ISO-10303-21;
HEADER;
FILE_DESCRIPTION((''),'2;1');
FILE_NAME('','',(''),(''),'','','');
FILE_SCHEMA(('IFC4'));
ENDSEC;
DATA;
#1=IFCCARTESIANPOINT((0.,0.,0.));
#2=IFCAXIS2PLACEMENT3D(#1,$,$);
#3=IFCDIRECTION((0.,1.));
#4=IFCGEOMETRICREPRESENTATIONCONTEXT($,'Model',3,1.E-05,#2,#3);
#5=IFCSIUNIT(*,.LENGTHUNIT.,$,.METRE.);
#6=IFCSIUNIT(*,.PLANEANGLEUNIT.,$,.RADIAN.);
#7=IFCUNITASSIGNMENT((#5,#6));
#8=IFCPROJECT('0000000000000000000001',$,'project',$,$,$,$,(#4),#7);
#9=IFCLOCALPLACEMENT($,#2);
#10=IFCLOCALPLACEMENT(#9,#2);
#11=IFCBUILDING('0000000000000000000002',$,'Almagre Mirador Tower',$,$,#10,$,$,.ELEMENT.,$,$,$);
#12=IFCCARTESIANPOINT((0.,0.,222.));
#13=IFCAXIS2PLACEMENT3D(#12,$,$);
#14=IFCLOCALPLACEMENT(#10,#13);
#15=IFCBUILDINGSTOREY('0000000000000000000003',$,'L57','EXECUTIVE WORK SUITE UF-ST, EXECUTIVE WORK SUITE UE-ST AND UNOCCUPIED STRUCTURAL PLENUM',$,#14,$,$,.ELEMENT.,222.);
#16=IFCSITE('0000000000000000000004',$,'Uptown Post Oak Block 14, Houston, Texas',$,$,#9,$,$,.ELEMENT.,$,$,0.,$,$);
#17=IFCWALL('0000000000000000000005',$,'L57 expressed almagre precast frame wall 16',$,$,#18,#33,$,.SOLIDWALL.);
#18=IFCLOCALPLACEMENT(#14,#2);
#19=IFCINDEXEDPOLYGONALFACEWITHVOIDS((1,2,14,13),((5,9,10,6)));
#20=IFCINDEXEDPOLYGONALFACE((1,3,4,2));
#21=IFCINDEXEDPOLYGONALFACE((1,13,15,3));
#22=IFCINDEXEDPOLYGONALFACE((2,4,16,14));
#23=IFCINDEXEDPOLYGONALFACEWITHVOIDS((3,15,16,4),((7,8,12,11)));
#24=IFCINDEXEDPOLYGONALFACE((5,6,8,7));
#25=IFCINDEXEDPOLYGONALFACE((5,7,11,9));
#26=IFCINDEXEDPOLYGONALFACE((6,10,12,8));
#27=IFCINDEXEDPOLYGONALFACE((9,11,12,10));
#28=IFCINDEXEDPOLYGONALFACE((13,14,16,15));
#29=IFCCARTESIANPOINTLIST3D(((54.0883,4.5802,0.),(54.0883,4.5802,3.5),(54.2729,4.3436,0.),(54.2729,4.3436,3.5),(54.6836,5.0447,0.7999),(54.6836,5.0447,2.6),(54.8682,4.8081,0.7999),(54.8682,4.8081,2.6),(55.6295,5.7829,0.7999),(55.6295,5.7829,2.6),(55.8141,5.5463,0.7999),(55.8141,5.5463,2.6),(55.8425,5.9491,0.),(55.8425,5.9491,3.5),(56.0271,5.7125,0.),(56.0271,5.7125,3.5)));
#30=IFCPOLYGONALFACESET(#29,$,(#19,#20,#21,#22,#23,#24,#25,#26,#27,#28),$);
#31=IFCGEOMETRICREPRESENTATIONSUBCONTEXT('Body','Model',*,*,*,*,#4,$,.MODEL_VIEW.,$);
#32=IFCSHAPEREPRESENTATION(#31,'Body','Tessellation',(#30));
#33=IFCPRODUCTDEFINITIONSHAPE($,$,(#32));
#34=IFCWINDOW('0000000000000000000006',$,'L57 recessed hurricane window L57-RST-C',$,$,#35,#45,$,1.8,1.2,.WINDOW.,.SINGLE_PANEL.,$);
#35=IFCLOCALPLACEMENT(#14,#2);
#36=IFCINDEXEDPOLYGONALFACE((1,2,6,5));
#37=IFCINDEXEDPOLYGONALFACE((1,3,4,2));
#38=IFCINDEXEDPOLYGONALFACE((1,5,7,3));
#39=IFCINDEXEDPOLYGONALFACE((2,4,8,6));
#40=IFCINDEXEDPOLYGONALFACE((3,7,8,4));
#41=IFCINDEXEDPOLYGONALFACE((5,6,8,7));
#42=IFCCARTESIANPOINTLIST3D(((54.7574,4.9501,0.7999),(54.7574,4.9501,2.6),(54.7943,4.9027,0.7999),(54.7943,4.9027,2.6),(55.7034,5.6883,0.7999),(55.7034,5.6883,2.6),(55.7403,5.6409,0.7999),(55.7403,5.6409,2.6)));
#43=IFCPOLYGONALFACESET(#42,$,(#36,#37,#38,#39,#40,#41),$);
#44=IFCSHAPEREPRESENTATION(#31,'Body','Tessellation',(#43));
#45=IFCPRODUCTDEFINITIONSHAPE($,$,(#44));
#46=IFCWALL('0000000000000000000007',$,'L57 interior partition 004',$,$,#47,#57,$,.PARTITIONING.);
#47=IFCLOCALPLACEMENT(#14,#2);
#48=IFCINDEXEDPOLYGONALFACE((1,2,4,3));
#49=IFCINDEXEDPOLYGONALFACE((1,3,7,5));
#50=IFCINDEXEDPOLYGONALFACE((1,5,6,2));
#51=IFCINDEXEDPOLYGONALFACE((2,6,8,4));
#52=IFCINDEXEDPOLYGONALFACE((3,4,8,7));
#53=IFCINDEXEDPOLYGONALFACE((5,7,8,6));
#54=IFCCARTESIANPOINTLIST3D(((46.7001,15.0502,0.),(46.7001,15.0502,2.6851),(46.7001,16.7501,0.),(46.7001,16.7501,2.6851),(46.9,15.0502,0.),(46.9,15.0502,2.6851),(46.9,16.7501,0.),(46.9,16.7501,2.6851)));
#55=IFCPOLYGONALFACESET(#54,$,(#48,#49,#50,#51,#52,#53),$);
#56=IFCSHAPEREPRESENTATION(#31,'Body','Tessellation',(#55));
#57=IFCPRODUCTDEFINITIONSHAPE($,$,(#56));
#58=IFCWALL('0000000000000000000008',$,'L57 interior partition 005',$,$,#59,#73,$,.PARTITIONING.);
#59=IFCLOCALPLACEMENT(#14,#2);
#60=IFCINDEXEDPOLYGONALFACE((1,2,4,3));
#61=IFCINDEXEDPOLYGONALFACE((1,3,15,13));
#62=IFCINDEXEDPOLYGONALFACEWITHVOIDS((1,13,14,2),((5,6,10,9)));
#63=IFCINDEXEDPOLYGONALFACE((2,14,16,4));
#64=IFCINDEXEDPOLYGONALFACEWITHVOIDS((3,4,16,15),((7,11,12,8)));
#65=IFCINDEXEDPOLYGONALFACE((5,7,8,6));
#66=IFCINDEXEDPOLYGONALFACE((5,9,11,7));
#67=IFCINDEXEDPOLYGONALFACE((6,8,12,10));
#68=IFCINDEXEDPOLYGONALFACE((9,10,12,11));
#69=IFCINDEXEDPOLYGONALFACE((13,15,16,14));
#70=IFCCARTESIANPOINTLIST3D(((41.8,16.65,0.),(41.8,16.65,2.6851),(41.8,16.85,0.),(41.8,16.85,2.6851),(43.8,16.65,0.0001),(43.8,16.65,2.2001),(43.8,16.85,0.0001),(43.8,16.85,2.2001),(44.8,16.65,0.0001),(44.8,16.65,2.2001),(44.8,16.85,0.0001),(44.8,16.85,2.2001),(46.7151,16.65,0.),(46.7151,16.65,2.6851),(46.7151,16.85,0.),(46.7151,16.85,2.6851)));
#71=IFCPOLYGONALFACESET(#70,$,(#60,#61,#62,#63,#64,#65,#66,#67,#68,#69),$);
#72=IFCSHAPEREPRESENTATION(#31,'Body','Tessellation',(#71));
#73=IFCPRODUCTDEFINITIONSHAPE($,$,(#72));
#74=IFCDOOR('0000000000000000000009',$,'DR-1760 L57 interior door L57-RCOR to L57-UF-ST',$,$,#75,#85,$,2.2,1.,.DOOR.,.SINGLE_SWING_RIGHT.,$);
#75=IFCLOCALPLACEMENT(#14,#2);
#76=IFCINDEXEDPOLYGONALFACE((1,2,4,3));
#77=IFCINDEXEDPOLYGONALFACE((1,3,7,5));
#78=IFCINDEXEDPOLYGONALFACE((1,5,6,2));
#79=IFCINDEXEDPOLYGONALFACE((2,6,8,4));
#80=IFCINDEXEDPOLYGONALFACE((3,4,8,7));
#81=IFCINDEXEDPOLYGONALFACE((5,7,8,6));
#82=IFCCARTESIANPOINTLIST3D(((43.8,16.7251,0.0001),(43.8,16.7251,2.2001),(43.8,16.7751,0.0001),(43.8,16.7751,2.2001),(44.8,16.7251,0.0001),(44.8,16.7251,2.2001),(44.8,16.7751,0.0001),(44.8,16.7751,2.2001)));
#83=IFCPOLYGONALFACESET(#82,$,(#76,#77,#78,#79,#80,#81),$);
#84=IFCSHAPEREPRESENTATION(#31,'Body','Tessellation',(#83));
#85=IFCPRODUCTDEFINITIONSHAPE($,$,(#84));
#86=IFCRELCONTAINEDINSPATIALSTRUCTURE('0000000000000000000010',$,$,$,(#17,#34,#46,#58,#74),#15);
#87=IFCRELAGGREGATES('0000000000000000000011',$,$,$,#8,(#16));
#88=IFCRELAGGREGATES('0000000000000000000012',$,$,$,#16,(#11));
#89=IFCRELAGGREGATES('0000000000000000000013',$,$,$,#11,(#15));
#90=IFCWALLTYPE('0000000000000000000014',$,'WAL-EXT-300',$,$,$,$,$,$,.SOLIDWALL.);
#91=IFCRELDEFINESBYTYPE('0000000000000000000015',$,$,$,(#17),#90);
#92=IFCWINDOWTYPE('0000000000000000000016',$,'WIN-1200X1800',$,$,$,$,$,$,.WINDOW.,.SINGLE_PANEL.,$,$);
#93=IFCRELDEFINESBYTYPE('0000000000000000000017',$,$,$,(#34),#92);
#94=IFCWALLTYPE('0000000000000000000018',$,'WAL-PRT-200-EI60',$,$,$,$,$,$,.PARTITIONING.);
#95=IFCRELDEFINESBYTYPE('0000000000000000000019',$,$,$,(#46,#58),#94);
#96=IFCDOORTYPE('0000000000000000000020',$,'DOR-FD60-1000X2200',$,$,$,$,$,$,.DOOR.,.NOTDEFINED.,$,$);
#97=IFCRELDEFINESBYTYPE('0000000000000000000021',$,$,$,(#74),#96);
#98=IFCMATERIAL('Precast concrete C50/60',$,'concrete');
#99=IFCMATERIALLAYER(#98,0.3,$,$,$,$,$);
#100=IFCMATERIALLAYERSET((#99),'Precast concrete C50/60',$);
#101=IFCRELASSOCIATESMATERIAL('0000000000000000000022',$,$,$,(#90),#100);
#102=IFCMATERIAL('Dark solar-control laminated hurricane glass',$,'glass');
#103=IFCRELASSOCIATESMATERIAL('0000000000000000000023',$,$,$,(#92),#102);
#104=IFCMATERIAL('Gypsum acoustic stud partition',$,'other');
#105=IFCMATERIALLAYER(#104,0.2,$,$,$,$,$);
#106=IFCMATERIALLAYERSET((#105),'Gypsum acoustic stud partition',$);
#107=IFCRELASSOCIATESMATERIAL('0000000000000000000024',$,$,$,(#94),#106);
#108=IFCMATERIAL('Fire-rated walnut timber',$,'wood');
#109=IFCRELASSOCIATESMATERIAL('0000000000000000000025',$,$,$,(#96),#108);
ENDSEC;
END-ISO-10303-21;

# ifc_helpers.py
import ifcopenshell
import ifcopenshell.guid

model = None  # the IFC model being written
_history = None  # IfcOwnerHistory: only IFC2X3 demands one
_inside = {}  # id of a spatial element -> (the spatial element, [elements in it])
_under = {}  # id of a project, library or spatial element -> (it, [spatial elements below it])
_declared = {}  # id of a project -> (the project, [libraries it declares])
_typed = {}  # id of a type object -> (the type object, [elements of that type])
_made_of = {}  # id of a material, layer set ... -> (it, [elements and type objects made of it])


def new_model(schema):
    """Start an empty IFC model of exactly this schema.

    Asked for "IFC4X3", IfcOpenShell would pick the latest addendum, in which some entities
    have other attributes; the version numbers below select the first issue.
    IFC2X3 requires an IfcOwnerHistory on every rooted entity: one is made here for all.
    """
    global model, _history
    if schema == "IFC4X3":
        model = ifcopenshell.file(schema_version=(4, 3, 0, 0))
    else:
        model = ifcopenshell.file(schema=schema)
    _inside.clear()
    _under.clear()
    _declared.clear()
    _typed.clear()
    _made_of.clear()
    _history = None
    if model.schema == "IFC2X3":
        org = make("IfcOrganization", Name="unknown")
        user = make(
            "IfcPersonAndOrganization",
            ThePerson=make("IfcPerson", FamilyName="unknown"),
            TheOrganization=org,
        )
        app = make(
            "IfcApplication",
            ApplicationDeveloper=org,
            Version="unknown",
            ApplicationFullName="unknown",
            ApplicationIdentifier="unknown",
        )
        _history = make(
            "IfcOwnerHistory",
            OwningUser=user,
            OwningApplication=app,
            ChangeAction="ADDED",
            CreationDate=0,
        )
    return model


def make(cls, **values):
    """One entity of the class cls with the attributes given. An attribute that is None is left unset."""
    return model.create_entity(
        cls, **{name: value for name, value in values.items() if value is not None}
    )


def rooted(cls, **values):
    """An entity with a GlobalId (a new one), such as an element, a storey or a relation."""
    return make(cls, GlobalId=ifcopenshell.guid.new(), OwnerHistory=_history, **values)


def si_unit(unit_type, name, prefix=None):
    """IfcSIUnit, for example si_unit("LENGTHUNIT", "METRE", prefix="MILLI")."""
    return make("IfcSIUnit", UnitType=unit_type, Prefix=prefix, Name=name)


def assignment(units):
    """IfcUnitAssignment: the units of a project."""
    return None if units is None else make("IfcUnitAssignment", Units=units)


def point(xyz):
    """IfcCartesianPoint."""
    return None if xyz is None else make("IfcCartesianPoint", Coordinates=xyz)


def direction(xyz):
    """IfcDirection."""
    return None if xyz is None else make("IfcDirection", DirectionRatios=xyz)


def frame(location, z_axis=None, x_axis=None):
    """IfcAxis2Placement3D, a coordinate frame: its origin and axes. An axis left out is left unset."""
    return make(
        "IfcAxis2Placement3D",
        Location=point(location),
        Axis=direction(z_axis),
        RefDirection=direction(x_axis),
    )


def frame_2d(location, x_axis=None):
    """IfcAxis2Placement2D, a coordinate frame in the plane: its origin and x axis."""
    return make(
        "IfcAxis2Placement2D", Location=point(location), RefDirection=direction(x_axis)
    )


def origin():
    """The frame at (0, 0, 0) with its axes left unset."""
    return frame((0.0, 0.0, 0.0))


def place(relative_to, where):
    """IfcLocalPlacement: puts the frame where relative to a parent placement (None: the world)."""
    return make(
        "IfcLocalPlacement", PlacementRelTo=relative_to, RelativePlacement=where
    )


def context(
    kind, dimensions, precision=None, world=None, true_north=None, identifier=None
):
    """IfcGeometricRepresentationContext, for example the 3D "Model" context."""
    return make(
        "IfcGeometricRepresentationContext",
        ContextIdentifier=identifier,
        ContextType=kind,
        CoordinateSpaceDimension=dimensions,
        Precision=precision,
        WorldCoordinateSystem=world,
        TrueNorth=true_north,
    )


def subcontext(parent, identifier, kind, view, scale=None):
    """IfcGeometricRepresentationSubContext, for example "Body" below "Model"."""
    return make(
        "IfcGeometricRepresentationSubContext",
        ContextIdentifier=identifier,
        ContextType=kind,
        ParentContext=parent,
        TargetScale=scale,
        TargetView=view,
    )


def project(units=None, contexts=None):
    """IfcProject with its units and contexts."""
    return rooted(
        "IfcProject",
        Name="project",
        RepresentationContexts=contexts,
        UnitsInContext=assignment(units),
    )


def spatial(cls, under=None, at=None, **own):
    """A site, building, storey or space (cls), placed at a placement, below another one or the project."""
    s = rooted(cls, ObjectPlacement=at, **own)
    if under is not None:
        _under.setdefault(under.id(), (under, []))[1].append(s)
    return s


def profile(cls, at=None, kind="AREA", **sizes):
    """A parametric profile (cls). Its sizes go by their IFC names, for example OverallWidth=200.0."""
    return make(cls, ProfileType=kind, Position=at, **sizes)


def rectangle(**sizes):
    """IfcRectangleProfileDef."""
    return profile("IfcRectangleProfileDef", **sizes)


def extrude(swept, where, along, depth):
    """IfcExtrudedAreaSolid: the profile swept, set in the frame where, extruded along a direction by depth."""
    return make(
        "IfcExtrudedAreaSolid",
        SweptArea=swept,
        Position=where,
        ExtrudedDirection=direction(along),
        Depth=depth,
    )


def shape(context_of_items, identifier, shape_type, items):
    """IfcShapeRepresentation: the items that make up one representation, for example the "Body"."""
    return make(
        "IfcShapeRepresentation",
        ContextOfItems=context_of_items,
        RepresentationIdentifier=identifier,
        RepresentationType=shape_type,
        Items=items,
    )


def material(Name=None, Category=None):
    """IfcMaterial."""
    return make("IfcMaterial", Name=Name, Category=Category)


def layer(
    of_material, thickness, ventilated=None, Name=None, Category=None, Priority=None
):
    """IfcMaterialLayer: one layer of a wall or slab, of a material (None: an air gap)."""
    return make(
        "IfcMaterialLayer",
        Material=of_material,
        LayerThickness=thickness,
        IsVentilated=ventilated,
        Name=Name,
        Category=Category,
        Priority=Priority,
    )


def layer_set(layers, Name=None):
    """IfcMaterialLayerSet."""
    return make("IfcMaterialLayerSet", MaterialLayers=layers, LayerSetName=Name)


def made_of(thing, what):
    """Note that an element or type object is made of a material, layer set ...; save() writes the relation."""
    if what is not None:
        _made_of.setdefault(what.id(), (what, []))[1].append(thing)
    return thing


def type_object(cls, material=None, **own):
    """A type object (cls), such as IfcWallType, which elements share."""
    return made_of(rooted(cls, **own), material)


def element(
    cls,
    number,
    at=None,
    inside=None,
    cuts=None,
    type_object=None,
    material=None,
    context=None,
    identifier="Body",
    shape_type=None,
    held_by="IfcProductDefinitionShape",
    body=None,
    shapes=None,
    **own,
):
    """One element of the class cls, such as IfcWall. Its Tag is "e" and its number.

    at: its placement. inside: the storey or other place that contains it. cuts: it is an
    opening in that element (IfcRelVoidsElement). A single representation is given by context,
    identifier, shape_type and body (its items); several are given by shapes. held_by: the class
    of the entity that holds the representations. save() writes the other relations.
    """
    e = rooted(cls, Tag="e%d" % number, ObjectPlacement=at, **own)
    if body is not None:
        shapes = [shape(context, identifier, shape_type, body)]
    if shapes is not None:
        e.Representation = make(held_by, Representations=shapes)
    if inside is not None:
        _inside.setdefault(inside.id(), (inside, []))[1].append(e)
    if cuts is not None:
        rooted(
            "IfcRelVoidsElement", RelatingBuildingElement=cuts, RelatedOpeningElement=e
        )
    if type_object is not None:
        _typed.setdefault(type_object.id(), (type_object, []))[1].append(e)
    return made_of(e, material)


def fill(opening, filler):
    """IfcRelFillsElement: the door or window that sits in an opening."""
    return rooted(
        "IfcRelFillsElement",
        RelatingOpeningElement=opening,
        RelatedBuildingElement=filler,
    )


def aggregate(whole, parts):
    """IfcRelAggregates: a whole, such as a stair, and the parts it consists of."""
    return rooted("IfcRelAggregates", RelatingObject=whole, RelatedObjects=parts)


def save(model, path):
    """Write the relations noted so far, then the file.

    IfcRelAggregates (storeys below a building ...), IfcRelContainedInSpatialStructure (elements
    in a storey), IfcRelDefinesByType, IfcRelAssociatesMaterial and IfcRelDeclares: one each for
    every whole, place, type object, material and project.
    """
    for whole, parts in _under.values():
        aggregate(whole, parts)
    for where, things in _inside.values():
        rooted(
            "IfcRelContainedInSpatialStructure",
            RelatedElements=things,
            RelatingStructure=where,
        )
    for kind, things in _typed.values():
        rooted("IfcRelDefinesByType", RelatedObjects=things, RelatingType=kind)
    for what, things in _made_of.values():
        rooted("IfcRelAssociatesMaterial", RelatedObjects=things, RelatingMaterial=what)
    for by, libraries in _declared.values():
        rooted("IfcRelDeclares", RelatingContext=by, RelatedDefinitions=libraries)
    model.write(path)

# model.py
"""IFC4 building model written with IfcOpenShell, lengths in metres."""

from ifc_helpers import new_model, si_unit, direction, frame, frame_2d, origin, place, context, subcontext, project, spatial, rectangle, extrude, material, layer, layer_set, type_object, element, fill, save


model = new_model("IFC4")

# Units and contexts
model_context = context("Model", 3, precision=1e-05, world=origin(), true_north=direction((0.0, 1.0)))
body_context = subcontext(model_context, "Body", "Model", "MODEL_VIEW")
ifc_project = project(units=[si_unit("LENGTHUNIT", "METRE"), si_unit("PLANEANGLEUNIT", "RADIAN")], contexts=[model_context])

# Site, building, storey
site_placement = place(None, origin())
site = spatial("IfcSite", under=ifc_project, at=site_placement, Name="Uptown Post Oak Block 14, Houston, Texas", CompositionType="ELEMENT", RefElevation=0.0)
building_placement = place(site_placement, origin())
building = spatial("IfcBuilding", under=site, at=building_placement, Name="Almagre Mirador Tower", CompositionType="ELEMENT")
storey_placement = place(building_placement, frame((0.0, 0.0, 222.0)))
storey = spatial("IfcBuildingStorey", under=building, at=storey_placement, Name="L57", Description="EXECUTIVE WORK SUITE UF-ST, EXECUTIVE WORK SUITE UE-ST AND UNOCCUPIED STRUCTURAL PLENUM", CompositionType="ELEMENT", Elevation=222.0)

# Wall, opening, window
ifc_material_1 = material(Name="Precast concrete C50/60", Category="concrete")
ifc_layer_1 = layer(ifc_material_1, 0.3)
ifc_layer_set_1 = layer_set([ifc_layer_1], Name="Precast concrete C50/60")
wall_type_1 = type_object("IfcWallType", Name="WAL-EXT-300", PredefinedType="SOLIDWALL", material=ifc_layer_set_1)
ifc_material_2 = material(Name="Dark solar-control laminated hurricane glass", Category="glass")
window_type = type_object("IfcWindowType", Name="WIN-1200X1800", PartitioningType="SINGLE_PANEL", PredefinedType="WINDOW", material=ifc_material_2)
wall_1_placement = place(storey_placement, frame((55.9348, 5.8308, 0.0), z_axis=(0.0, 0.0, 1.0), x_axis=(-0.788359, -0.615216, 0.0)))
wall_1 = element("IfcWall", 1, at=wall_1_placement, inside=storey, type_object=wall_type_1, Name="L57 expressed almagre precast frame wall 16", PredefinedType="SOLIDWALL", context=body_context, shape_type="SweptSolid", body=[
    extrude(rectangle(XDim=2.2251, YDim=0.3, at=frame_2d((1.1125, 0.0))), origin(), (0.0, 0.0, 1.0), 3.5),
])
opening_1_placement = place(wall_1_placement, frame((0.27, 0.0, 0.8)))
opening_1 = element("IfcOpeningElement", 2, at=opening_1_placement, cuts=wall_1, PredefinedType="OPENING", context=body_context, shape_type="SweptSolid", body=[
    extrude(rectangle(XDim=1.2, YDim=1.8, at=frame_2d((0.6001, 0.8999))), frame((0.0, 0.1599, 0.0), z_axis=(0.0, -1.0, 0.0), x_axis=(1.0, 0.0, 0.0)), (0.0, 0.0, 1.0), 0.32),
])
window_1_placement = place(opening_1_placement, origin())
window_1 = element("IfcWindow", 3, at=window_1_placement, inside=storey, type_object=window_type, Name="L57 recessed hurricane window L57-RST-C", OverallHeight=1.8, OverallWidth=1.2, PartitioningType="SINGLE_PANEL", PredefinedType="WINDOW", context=body_context, shape_type="SweptSolid", body=[
    extrude(rectangle(XDim=1.2, YDim=1.8, at=frame_2d((0.6001, 0.8999))), frame((0.0, 0.03, 0.0), z_axis=(0.0, -1.0, 0.0), x_axis=(1.0, 0.0, 0.0)), (0.0, 0.0, 1.0), 0.0601),
])
fill(opening_1, window_1)

# Wall
ifc_material_3 = material(Name="Gypsum acoustic stud partition", Category="other")
ifc_layer_2 = layer(ifc_material_3, 0.2)
ifc_layer_set_2 = layer_set([ifc_layer_2], Name="Gypsum acoustic stud partition")
wall_type_2 = type_object("IfcWallType", Name="WAL-PRT-200-EI60", PredefinedType="PARTITIONING", material=ifc_layer_set_2)
wall_2_placement = place(storey_placement, frame((46.8, 15.05, 0.0), z_axis=(0.0, 0.0, 1.0), x_axis=(0.0, 1.0, 0.0)))
element("IfcWall", 4, at=wall_2_placement, inside=storey, type_object=wall_type_2, Name="L57 interior partition 004", PredefinedType="PARTITIONING", context=body_context, shape_type="SweptSolid", body=[
    extrude(rectangle(XDim=1.7, YDim=0.2, at=frame_2d((0.8501, 0.0))), origin(), (0.0, 0.0, 1.0), 2.6851),
])

# Wall, opening, door
wall_3_placement = place(storey_placement, frame((46.7151, 16.75, 0.0), z_axis=(0.0, 0.0, 1.0), x_axis=(-1.0, 0.0, 0.0)))
wall_3 = element("IfcWall", 5, at=wall_3_placement, inside=storey, type_object=wall_type_2, Name="L57 interior partition 005", PredefinedType="PARTITIONING", context=body_context, shape_type="SweptSolid", body=[
    extrude(rectangle(XDim=4.915, YDim=0.2, at=frame_2d((2.4575, 0.0))), origin(), (0.0, 0.0, 1.0), 2.6851),
])
opening_2_placement = place(wall_3_placement, frame((1.915, 0.0, 0.0)))
opening_2 = element("IfcOpeningElement", 6, at=opening_2_placement, cuts=wall_3, PredefinedType="OPENING", context=body_context, shape_type="SweptSolid", body=[
    extrude(rectangle(XDim=1.0, YDim=2.2, at=frame_2d((0.5, 1.1001))), frame((0.0, 0.1101, 0.0), z_axis=(0.0, -1.0, 0.0), x_axis=(1.0, 0.0, 0.0)), (0.0, 0.0, 1.0), 0.22),
])
ifc_material_4 = material(Name="Fire-rated walnut timber", Category="wood")
door_type = type_object("IfcDoorType", Name="DOR-FD60-1000X2200", OperationType="NOTDEFINED", PredefinedType="DOOR", material=ifc_material_4)
door_placement = place(opening_2_placement, origin())
door = element("IfcDoor", 7, at=door_placement, inside=storey, type_object=door_type, Name="DR-1760 L57 interior door L57-RCOR to L57-UF-ST", OperationType="SINGLE_SWING_RIGHT", OverallHeight=2.2, OverallWidth=1.0, PredefinedType="DOOR", context=body_context, shape_type="SweptSolid", body=[
    extrude(rectangle(XDim=1.0, YDim=2.2, at=frame_2d((0.5, 1.1001))), frame((0.0, 0.0249, 0.0), z_axis=(0.0, -1.0, 0.0), x_axis=(1.0, 0.0, 0.0)), (0.0, 0.0, 1.0), 0.05),
])
fill(opening_2, door)

save(model, "model.ifc")
